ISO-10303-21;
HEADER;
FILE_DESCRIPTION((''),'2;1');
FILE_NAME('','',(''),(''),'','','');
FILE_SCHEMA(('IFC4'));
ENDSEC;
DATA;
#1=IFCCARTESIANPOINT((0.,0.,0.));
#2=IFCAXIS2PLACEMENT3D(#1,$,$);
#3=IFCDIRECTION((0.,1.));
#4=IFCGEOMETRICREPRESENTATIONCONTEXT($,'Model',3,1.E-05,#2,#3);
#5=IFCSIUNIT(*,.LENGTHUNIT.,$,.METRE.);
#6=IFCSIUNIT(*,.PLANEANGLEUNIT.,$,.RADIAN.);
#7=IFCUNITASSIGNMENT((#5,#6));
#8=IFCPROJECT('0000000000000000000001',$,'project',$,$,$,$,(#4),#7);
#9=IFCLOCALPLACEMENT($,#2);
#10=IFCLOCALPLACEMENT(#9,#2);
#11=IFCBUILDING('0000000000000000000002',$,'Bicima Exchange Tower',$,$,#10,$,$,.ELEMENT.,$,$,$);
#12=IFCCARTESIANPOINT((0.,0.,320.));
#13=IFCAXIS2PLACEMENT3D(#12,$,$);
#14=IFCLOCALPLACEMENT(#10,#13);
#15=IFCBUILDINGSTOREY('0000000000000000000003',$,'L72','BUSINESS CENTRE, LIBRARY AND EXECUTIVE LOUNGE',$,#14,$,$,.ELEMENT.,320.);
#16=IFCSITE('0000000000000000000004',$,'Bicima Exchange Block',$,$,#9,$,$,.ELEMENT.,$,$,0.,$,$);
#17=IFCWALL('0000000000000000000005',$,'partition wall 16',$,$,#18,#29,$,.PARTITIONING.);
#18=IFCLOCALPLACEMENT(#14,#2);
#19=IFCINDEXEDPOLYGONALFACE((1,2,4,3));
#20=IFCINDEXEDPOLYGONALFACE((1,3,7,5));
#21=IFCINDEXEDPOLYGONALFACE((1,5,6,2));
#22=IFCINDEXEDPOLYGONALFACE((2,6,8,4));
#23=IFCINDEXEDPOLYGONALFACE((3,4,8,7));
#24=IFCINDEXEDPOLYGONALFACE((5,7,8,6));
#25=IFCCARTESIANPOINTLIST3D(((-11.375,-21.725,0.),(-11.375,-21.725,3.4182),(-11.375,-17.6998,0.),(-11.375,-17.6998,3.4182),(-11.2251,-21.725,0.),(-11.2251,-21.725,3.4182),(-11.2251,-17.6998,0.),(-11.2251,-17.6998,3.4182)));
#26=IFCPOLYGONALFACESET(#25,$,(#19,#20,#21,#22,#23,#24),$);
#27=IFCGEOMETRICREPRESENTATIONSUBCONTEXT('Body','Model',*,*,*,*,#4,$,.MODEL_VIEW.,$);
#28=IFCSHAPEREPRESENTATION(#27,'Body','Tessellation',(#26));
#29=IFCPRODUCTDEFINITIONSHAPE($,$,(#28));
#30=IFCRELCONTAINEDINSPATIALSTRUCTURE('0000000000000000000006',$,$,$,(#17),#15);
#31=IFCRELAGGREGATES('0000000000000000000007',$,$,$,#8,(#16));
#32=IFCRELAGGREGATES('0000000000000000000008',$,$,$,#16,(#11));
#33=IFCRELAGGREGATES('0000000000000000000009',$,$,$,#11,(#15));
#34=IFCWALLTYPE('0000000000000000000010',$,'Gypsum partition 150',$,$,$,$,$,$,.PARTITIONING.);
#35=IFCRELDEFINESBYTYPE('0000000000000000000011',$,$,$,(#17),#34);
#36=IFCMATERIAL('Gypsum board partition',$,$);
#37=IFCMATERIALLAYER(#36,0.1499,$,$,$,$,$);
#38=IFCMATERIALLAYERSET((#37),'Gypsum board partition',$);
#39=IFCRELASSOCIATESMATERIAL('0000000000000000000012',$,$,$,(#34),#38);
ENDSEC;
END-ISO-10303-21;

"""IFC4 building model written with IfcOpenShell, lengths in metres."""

from ifc_helpers import new_model, si_unit, direction, frame, frame_2d, origin, place, context, subcontext, project, spatial, rectangle, extrude, material, layer, layer_set, type_object, element, save


model = new_model("IFC4")

# Units and contexts
model_context = context("Model", 3, precision=1e-05, world=origin(), true_north=direction((0.0, 1.0)))
body_context = subcontext(model_context, "Body", "Model", "MODEL_VIEW")
ifc_project = project(units=[si_unit("LENGTHUNIT", "METRE"), si_unit("PLANEANGLEUNIT", "RADIAN")], contexts=[model_context])

# Site, building, storey
site_placement = place(None, origin())
site = spatial("IfcSite", under=ifc_project, at=site_placement, Name="Bicima Exchange Block", CompositionType="ELEMENT", RefElevation=0.0)
building_placement = place(site_placement, origin())
building = spatial("IfcBuilding", under=site, at=building_placement, Name="Bicima Exchange Tower", CompositionType="ELEMENT")
storey_placement = place(building_placement, frame((0.0, 0.0, 320.0)))
storey = spatial("IfcBuildingStorey", under=building, at=storey_placement, Name="L72", Description="BUSINESS CENTRE, LIBRARY AND EXECUTIVE LOUNGE", CompositionType="ELEMENT", Elevation=320.0)

# Shared definitions
ifc_material_1 = material(Name="Gypsum board partition")

# Wall
ifc_layer_1 = layer(ifc_material_1, 0.1499)
ifc_layer_set_1 = layer_set([ifc_layer_1], Name="Gypsum board partition")
wall_type_1 = type_object("IfcWallType", Name="Gypsum partition 150", PredefinedType="PARTITIONING", material=ifc_layer_set_1)
wall_1_placement = place(storey_placement, frame((-11.3, -21.7251, 0.0), z_axis=(0.0, 0.0, 1.0), x_axis=(0.0, 1.0, 0.0)))
element("IfcWall", 1, at=wall_1_placement, inside=storey, type_object=wall_type_1, Name="partition wall 16", PredefinedType="PARTITIONING", context=body_context, shape_type="SweptSolid", body=[
    extrude(rectangle(XDim=4.0251, YDim=0.1499, at=frame_2d((2.0127, 0.0))), origin(), (0.0, 0.0, 1.0), 3.4182),
])

save(model, "model.ifc")
